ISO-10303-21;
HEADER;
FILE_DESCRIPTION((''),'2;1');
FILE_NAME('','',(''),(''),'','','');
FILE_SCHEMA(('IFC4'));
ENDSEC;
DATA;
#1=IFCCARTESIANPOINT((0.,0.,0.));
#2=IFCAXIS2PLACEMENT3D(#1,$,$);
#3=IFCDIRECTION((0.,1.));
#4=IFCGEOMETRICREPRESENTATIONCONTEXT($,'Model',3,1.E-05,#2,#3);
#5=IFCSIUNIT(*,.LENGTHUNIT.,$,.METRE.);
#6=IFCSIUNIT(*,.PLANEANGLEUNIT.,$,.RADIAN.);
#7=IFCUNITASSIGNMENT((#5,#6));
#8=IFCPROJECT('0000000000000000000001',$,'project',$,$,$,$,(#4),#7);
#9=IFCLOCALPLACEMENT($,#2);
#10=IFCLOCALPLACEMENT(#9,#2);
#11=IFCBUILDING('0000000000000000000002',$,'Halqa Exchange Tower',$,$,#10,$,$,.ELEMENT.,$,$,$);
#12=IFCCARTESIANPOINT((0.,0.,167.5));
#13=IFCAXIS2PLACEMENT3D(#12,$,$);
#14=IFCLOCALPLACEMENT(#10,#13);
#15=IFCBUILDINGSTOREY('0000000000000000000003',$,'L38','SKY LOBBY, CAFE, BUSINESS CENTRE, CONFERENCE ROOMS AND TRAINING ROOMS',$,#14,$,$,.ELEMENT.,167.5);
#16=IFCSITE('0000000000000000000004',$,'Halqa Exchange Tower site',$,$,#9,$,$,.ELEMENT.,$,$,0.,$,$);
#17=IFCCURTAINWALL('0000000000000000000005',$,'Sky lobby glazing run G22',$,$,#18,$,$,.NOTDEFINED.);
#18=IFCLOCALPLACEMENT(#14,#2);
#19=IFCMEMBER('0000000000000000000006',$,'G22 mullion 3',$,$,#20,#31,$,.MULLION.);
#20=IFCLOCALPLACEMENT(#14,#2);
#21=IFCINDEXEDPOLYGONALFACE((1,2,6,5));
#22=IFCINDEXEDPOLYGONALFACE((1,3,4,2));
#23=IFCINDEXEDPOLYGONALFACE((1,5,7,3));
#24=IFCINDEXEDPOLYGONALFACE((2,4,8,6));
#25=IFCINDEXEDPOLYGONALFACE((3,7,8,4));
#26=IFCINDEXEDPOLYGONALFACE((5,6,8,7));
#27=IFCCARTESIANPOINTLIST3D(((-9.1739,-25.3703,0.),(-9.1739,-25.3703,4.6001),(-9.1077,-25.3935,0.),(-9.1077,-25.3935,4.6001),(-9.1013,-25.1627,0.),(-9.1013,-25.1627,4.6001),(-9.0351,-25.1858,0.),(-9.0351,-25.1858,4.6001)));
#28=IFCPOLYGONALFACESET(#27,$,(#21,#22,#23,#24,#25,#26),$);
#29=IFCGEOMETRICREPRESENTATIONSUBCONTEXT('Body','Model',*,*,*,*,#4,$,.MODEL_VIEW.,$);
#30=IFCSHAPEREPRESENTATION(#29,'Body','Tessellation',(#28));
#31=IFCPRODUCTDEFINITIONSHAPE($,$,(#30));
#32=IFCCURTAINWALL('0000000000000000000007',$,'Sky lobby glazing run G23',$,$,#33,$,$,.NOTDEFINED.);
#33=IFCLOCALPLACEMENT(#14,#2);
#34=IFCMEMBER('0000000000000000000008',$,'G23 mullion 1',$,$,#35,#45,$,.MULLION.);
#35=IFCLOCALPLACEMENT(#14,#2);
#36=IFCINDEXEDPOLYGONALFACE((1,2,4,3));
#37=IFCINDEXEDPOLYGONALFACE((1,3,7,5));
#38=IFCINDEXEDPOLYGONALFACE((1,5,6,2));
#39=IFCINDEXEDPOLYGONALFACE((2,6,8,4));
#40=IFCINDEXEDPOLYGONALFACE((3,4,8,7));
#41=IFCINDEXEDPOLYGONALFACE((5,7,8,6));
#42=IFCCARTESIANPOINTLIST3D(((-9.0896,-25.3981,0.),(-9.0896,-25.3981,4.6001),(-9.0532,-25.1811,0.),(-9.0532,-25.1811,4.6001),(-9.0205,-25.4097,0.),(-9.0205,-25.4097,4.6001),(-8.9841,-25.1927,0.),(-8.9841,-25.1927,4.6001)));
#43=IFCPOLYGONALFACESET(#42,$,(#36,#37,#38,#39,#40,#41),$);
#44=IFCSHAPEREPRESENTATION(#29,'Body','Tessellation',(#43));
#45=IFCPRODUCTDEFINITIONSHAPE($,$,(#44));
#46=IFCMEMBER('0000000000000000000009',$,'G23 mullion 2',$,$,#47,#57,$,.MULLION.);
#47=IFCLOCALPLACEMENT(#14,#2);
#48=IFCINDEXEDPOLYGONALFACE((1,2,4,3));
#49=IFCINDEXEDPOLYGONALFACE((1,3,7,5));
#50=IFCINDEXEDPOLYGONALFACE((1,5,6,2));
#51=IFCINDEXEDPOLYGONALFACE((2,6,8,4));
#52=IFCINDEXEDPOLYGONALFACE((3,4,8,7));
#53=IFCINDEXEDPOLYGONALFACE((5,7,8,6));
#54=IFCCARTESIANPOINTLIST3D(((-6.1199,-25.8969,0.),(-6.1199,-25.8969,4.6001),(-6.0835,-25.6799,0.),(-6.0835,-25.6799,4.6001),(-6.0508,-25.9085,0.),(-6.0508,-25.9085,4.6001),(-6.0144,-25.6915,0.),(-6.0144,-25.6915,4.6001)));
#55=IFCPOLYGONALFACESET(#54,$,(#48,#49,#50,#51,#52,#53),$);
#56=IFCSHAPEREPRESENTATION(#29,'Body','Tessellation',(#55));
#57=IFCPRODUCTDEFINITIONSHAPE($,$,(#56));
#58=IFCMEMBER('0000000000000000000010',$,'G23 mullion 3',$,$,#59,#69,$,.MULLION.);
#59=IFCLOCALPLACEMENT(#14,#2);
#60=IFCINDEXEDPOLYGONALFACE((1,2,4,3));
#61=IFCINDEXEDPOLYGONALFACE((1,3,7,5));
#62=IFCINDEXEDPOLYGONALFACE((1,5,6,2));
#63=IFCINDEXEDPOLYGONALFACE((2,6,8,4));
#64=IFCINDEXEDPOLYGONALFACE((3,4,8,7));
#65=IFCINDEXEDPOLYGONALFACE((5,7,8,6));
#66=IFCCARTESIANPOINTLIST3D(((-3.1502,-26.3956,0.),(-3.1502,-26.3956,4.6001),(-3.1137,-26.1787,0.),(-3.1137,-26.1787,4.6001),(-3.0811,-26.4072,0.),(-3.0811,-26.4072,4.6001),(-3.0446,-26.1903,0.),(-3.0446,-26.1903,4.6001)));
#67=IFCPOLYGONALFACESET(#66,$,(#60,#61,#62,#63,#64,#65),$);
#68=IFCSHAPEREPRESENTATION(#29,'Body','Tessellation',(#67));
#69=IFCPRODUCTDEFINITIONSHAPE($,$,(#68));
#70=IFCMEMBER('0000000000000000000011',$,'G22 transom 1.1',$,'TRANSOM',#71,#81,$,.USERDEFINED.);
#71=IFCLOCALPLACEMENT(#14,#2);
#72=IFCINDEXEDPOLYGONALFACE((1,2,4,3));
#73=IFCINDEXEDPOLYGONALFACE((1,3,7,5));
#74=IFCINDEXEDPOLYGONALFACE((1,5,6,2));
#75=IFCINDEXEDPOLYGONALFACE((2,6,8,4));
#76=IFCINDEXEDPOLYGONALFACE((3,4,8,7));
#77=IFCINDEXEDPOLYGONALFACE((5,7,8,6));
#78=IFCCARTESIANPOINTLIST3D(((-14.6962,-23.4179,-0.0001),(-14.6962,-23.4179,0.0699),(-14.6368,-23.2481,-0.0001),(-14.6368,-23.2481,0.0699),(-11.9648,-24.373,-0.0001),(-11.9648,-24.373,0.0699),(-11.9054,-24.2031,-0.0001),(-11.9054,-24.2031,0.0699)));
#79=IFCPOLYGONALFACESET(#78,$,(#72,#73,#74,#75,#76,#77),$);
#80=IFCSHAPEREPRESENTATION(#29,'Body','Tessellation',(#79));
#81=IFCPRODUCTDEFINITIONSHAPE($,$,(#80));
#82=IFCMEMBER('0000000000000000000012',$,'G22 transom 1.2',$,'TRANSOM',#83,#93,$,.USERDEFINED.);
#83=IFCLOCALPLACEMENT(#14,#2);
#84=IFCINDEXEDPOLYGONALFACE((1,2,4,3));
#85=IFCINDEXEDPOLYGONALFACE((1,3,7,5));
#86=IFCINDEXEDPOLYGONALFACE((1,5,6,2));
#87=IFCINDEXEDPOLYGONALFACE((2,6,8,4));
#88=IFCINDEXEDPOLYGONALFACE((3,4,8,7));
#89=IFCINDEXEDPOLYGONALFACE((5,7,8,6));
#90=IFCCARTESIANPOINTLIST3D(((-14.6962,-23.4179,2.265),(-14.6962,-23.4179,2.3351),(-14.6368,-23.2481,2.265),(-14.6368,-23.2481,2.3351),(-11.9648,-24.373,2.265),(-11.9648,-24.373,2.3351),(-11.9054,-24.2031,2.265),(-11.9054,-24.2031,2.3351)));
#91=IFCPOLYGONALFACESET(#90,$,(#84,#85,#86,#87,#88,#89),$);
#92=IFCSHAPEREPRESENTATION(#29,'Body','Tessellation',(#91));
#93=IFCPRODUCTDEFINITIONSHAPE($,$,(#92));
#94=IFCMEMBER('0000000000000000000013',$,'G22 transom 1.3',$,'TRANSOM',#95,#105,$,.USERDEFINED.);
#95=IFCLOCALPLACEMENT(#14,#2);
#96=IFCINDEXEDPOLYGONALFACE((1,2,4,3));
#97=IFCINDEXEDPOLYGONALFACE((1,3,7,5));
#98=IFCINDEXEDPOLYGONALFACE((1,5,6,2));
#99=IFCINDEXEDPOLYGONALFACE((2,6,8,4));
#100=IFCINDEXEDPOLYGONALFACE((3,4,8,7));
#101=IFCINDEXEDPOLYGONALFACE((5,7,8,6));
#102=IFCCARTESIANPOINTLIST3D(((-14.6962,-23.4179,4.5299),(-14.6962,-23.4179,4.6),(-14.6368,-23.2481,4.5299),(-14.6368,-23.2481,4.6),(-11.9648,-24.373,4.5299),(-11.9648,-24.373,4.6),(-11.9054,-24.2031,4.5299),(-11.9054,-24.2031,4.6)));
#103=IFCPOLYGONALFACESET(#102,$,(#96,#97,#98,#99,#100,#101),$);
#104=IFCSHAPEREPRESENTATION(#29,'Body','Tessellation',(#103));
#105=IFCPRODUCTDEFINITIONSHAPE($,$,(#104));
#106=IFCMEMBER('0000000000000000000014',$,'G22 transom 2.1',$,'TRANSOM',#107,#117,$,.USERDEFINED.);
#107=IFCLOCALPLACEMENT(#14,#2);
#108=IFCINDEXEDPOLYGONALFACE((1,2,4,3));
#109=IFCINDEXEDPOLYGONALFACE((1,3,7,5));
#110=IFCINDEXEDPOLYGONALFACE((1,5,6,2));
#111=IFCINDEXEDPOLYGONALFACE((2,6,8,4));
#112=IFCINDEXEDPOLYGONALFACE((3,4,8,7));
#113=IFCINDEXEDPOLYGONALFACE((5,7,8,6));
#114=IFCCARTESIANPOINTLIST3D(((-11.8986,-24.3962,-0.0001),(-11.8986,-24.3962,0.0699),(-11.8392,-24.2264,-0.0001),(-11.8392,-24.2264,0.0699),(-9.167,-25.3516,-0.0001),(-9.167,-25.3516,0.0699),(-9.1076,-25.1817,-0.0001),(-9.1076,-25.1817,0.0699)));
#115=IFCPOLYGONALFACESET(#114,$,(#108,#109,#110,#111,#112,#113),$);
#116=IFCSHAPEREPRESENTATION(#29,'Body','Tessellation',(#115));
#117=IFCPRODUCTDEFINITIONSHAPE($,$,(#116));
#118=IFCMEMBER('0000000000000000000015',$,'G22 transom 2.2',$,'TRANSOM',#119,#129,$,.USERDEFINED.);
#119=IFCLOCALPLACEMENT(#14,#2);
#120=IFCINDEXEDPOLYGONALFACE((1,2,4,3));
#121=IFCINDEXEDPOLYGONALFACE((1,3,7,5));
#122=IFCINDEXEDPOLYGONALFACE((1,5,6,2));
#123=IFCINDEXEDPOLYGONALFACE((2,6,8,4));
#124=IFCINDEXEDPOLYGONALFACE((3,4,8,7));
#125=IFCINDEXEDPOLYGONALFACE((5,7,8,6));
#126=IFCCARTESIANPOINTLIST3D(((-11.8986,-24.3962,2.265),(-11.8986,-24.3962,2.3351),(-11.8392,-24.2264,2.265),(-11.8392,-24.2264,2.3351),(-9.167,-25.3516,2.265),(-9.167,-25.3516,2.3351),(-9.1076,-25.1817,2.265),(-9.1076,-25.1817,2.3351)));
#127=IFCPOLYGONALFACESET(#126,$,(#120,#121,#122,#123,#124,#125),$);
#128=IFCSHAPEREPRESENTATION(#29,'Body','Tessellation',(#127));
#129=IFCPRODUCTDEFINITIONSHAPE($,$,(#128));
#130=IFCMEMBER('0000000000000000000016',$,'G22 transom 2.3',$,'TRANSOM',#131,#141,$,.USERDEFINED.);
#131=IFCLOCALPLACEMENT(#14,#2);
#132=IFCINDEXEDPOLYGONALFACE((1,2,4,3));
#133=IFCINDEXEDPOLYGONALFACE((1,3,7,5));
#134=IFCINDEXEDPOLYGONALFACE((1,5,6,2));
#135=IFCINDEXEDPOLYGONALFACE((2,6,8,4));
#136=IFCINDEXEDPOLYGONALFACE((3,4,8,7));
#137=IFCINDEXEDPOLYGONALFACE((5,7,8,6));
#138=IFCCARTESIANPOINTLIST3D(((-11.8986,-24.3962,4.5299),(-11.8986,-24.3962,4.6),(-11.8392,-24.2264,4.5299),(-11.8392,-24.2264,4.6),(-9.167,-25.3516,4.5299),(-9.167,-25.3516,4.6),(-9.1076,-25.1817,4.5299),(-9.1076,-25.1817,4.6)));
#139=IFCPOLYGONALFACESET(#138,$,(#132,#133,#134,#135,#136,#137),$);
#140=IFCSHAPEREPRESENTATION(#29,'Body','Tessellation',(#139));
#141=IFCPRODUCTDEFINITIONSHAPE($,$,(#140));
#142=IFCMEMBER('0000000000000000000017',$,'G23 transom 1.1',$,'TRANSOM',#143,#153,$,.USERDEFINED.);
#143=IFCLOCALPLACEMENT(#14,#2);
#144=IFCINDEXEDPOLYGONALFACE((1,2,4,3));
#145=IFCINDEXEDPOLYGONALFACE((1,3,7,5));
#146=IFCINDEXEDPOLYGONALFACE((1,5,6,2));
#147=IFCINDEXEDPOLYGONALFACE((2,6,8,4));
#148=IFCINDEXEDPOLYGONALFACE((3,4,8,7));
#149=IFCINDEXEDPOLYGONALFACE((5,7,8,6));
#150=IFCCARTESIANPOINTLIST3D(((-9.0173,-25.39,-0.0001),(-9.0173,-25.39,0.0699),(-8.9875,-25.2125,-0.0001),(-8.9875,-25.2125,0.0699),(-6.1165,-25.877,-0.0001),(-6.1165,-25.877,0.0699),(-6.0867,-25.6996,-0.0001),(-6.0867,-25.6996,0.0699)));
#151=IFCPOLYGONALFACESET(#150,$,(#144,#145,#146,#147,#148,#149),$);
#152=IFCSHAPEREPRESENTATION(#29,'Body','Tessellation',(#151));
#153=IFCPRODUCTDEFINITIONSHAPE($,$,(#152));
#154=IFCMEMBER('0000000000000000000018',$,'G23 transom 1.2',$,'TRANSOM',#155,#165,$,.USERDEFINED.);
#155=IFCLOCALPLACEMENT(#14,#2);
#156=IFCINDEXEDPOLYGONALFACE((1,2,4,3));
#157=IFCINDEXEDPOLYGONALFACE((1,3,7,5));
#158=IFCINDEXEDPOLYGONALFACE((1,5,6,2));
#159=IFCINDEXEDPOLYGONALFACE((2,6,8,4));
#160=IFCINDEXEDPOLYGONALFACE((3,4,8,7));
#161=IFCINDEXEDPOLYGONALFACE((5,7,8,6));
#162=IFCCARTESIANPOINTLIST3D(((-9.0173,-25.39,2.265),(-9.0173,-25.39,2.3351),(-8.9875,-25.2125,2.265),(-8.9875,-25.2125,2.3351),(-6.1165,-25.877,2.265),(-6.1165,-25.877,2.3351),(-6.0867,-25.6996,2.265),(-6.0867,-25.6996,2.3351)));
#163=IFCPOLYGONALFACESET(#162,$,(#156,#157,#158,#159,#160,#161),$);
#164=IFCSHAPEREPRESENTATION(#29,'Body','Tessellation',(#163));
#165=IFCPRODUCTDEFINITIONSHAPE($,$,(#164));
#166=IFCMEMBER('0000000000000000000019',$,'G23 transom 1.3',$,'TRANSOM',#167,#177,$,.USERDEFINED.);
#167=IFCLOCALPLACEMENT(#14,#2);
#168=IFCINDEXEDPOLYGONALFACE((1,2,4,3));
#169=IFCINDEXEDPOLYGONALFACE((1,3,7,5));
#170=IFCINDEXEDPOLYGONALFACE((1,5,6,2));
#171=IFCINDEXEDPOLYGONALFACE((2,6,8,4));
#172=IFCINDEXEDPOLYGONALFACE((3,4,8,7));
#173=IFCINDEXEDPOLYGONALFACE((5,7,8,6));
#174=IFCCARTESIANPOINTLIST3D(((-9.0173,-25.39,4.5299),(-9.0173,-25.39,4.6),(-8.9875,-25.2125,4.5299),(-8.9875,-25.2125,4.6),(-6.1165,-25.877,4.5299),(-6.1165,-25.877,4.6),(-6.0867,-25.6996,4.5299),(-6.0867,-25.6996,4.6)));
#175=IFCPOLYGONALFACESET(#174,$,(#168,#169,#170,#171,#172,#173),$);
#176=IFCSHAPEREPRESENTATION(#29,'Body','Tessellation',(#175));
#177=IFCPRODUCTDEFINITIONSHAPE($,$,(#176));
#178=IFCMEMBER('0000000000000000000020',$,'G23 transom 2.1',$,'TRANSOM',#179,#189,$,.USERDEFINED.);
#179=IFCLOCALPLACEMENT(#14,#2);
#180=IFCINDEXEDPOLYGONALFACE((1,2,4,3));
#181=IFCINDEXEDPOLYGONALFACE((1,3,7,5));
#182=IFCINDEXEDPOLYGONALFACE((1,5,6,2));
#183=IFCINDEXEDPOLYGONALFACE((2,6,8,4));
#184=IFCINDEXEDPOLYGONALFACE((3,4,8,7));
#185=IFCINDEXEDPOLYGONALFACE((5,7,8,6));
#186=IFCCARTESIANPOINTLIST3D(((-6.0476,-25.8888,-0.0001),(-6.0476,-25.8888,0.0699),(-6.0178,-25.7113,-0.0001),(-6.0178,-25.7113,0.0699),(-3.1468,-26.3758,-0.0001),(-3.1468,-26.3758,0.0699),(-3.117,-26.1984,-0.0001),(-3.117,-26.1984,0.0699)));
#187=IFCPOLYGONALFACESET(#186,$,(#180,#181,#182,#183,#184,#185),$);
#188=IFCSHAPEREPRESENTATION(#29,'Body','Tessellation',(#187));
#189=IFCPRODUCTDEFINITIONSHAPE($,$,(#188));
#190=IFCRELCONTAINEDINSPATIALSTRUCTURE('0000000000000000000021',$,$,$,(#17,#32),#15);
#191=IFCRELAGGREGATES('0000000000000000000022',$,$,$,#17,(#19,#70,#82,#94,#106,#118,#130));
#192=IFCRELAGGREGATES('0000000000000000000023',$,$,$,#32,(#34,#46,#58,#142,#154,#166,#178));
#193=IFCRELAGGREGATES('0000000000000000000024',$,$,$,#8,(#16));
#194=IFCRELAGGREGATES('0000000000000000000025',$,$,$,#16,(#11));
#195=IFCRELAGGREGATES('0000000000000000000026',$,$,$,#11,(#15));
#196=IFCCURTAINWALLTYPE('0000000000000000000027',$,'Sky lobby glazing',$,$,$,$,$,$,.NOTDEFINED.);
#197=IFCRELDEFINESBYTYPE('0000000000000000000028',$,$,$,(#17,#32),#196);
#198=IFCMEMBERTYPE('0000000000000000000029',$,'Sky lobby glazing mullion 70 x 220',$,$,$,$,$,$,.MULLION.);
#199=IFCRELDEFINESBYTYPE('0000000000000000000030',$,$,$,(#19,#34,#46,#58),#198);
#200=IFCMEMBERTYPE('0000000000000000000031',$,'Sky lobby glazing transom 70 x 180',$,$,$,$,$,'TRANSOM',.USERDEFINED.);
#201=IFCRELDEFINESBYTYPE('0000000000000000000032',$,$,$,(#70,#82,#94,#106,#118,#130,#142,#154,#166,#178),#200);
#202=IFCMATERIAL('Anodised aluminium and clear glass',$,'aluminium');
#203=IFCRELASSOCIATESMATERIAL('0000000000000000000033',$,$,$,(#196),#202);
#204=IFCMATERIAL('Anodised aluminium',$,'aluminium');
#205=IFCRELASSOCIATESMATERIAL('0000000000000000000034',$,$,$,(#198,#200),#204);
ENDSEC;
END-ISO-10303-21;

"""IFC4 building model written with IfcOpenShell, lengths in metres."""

from ifc_helpers import new_model, si_unit, direction, frame, origin, origin_2d, place, context, subcontext, project, spatial, rectangle, extrude, material, material_profile, profile_set, type_object, element, aggregate, save


model = new_model("IFC4")

# Units and contexts
model_context = context("Model", 3, precision=1e-05, world=origin(), true_north=direction((0.0, 1.0)))
body_context = subcontext(model_context, "Body", "Model", "MODEL_VIEW")
ifc_project = project(units=[si_unit("LENGTHUNIT", "METRE"), si_unit("PLANEANGLEUNIT", "RADIAN")], contexts=[model_context])

# Site, building, storey
site_placement = place(None, origin())
site = spatial("IfcSite", under=ifc_project, at=site_placement, Name="Halqa Exchange Tower site", CompositionType="ELEMENT", RefElevation=0.0)
building_placement = place(site_placement, origin())
building = spatial("IfcBuilding", under=site, at=building_placement, Name="Halqa Exchange Tower", CompositionType="ELEMENT")
storey_placement = place(building_placement, frame((0.0, 0.0, 167.5)))
storey = spatial("IfcBuildingStorey", under=building, at=storey_placement, Name="L38", Description="SKY LOBBY, CAFE, BUSINESS CENTRE, CONFERENCE ROOMS AND TRAINING ROOMS", CompositionType="ELEMENT", Elevation=167.5)

# Curtain walls, members
ifc_material_1 = material(Name="Anodised aluminium and clear glass", Category="aluminium")
curtain_wall_type = type_object("IfcCurtainWallType", Name="Sky lobby glazing", PredefinedType="NOTDEFINED", material=ifc_material_1)
curtain_wall_1_placement = place(storey_placement, origin())
curtain_wall_1 = element("IfcCurtainWall", 1, at=curtain_wall_1_placement, inside=storey, type_object=curtain_wall_type, Name="Sky lobby glazing run G22", PredefinedType="NOTDEFINED")
ifc_material_2 = material(Name="Anodised aluminium", Category="aluminium")
ifc_material_profile_1 = material_profile(ifc_material_2, rectangle(XDim=0.22, YDim=0.0701, at=origin_2d()), Name="AL 70x220")
ifc_profile_set_1 = profile_set([ifc_material_profile_1], Name="Anodised aluminium")
member_type_1 = type_object("IfcMemberType", Name="Sky lobby glazing mullion 70 x 220", PredefinedType="MULLION", material=ifc_profile_set_1)
member_1_placement = place(storey_placement, frame((-9.1045, -25.2781, 0.0), z_axis=(0.0, 0.0, 1.0), x_axis=(0.3301, 0.943946, 0.0)))
member_1 = element("IfcMember", 2, at=member_1_placement, type_object=member_type_1, Name="G22 mullion 3", PredefinedType="MULLION", context=body_context, shape_type="SweptSolid", body=[
    extrude(rectangle(XDim=0.22, YDim=0.0701, at=origin_2d()), origin(), (0.0, 0.0, 1.0), 4.6001),
])
curtain_wall_2_placement = place(storey_placement, origin())
curtain_wall_2 = element("IfcCurtainWall", 3, at=curtain_wall_2_placement, inside=storey, type_object=curtain_wall_type, Name="Sky lobby glazing run G23", PredefinedType="NOTDEFINED")
member_2_placement = place(storey_placement, frame((-9.0369, -25.2954, 0.0), z_axis=(0.0, 0.0, 1.0), x_axis=(0.165626, 0.986189, 0.0)))
member_2 = element("IfcMember", 4, at=member_2_placement, type_object=member_type_1, Name="G23 mullion 1", PredefinedType="MULLION", context=body_context, shape_type="SweptSolid", body=[
    extrude(rectangle(XDim=0.22, YDim=0.0701, at=origin_2d()), origin(), (0.0, 0.0, 1.0), 4.6001),
])
member_3_placement = place(storey_placement, frame((-6.0671, -25.7942, 0.0), z_axis=(0.0, 0.0, 1.0), x_axis=(0.165626, 0.986189, 0.0)))
member_3 = element("IfcMember", 5, at=member_3_placement, type_object=member_type_1, Name="G23 mullion 2", PredefinedType="MULLION", context=body_context, shape_type="SweptSolid", body=[
    extrude(rectangle(XDim=0.22, YDim=0.0701, at=origin_2d()), origin(), (0.0, 0.0, 1.0), 4.6001),
])
member_4_placement = place(storey_placement, frame((-3.0974, -26.293, 0.0), z_axis=(0.0, 0.0, 1.0), x_axis=(0.165626, 0.986189, 0.0)))
member_4 = element("IfcMember", 6, at=member_4_placement, type_object=member_type_1, Name="G23 mullion 3", PredefinedType="MULLION", context=body_context, shape_type="SweptSolid", body=[
    extrude(rectangle(XDim=0.22, YDim=0.0701, at=origin_2d()), origin(), (0.0, 0.0, 1.0), 4.6001),
])

# Members
ifc_material_profile_2 = material_profile(ifc_material_2, rectangle(XDim=0.1799, YDim=0.0701, at=origin_2d()), Name="AL 70x180")
ifc_profile_set_2 = profile_set([ifc_material_profile_2], Name="Anodised aluminium")
member_type_2 = type_object("IfcMemberType", Name="Sky lobby glazing transom 70 x 180", ElementType="TRANSOM", PredefinedType="USERDEFINED", material=ifc_profile_set_2)
member_5_placement = place(storey_placement, frame((-14.6665, -23.333, 0.0349), z_axis=(0.943958, -0.330065, 0.0), x_axis=(0.330065, 0.943958, 0.0)))
member_5 = element("IfcMember", 7, at=member_5_placement, type_object=member_type_2, Name="G22 transom 1.1", ObjectType="TRANSOM", PredefinedType="USERDEFINED", context=body_context, shape_type="SweptSolid", body=[
    extrude(rectangle(XDim=0.1799, YDim=0.0701, at=origin_2d()), origin(), (0.0, 0.0, 1.0), 2.8936),
])
member_6_placement = place(storey_placement, frame((-14.6665, -23.333, 2.3), z_axis=(0.943958, -0.330065, 0.0), x_axis=(0.330065, 0.943958, 0.0)))
member_6 = element("IfcMember", 8, at=member_6_placement, type_object=member_type_2, Name="G22 transom 1.2", ObjectType="TRANSOM", PredefinedType="USERDEFINED", context=body_context, shape_type="SweptSolid", body=[
    extrude(rectangle(XDim=0.1799, YDim=0.0701, at=origin_2d()), origin(), (0.0, 0.0, 1.0), 2.8936),
])
member_7_placement = place(storey_placement, frame((-14.6665, -23.333, 4.5649), z_axis=(0.943958, -0.330065, 0.0), x_axis=(0.330065, 0.943958, 0.0)))
member_7 = element("IfcMember", 9, at=member_7_placement, type_object=member_type_2, Name="G22 transom 1.3", ObjectType="TRANSOM", PredefinedType="USERDEFINED", context=body_context, shape_type="SweptSolid", body=[
    extrude(rectangle(XDim=0.1799, YDim=0.0701, at=origin_2d()), origin(), (0.0, 0.0, 1.0), 2.8936),
])
member_8_placement = place(storey_placement, frame((-11.8689, -24.3113, 0.0349), z_axis=(0.943932, -0.33014, 0.0), x_axis=(0.33014, 0.943932, 0.0)))
member_8 = element("IfcMember", 10, at=member_8_placement, type_object=member_type_2, Name="G22 transom 2.1", ObjectType="TRANSOM", PredefinedType="USERDEFINED", context=body_context, shape_type="SweptSolid", body=[
    extrude(rectangle(XDim=0.1799, YDim=0.0701, at=origin_2d()), origin(), (0.0, 0.0, 1.0), 2.8938),
])
member_9_placement = place(storey_placement, frame((-11.8689, -24.3113, 2.3), z_axis=(0.943932, -0.33014, 0.0), x_axis=(0.33014, 0.943932, 0.0)))
member_9 = element("IfcMember", 11, at=member_9_placement, type_object=member_type_2, Name="G22 transom 2.2", ObjectType="TRANSOM", PredefinedType="USERDEFINED", context=body_context, shape_type="SweptSolid", body=[
    extrude(rectangle(XDim=0.1799, YDim=0.0701, at=origin_2d()), origin(), (0.0, 0.0, 1.0), 2.8938),
])
member_10_placement = place(storey_placement, frame((-11.8689, -24.3113, 4.5649), z_axis=(0.943932, -0.33014, 0.0), x_axis=(0.33014, 0.943932, 0.0)))
member_10 = element("IfcMember", 12, at=member_10_placement, type_object=member_type_2, Name="G22 transom 2.3", ObjectType="TRANSOM", PredefinedType="USERDEFINED", context=body_context, shape_type="SweptSolid", body=[
    extrude(rectangle(XDim=0.1799, YDim=0.0701, at=origin_2d()), origin(), (0.0, 0.0, 1.0), 2.8938),
])
member_11_placement = place(storey_placement, frame((-9.0024, -25.3013, 0.0349), z_axis=(0.986196, -0.165583, 0.0), x_axis=(0.165583, 0.986196, 0.0)))
member_11 = element("IfcMember", 13, at=member_11_placement, type_object=member_type_2, Name="G23 transom 1.1", ObjectType="TRANSOM", PredefinedType="USERDEFINED", context=body_context, shape_type="SweptSolid", body=[
    extrude(rectangle(XDim=0.1799, YDim=0.0701, at=origin_2d()), origin(), (0.0, 0.0, 1.0), 2.9414),
])
member_12_placement = place(storey_placement, frame((-9.0024, -25.3013, 2.3), z_axis=(0.986196, -0.165583, 0.0), x_axis=(0.165583, 0.986196, 0.0)))
member_12 = element("IfcMember", 14, at=member_12_placement, type_object=member_type_2, Name="G23 transom 1.2", ObjectType="TRANSOM", PredefinedType="USERDEFINED", context=body_context, shape_type="SweptSolid", body=[
    extrude(rectangle(XDim=0.1799, YDim=0.0701, at=origin_2d()), origin(), (0.0, 0.0, 1.0), 2.9414),
])
member_13_placement = place(storey_placement, frame((-9.0024, -25.3013, 4.5649), z_axis=(0.986196, -0.165583, 0.0), x_axis=(0.165583, 0.986196, 0.0)))
member_13 = element("IfcMember", 15, at=member_13_placement, type_object=member_type_2, Name="G23 transom 1.3", ObjectType="TRANSOM", PredefinedType="USERDEFINED", context=body_context, shape_type="SweptSolid", body=[
    extrude(rectangle(XDim=0.1799, YDim=0.0701, at=origin_2d()), origin(), (0.0, 0.0, 1.0), 2.9414),
])
member_14_placement = place(storey_placement, frame((-6.0327, -25.8, 0.0349), z_axis=(0.986196, -0.165583, 0.0), x_axis=(0.165583, 0.986196, 0.0)))
member_14 = element("IfcMember", 16, at=member_14_placement, type_object=member_type_2, Name="G23 transom 2.1", ObjectType="TRANSOM", PredefinedType="USERDEFINED", context=body_context, shape_type="SweptSolid", body=[
    extrude(rectangle(XDim=0.1799, YDim=0.0701, at=origin_2d()), origin(), (0.0, 0.0, 1.0), 2.9414),
])

aggregate(curtain_wall_1, [member_1, member_5, member_6, member_7, member_8, member_9, member_10])
aggregate(curtain_wall_2, [member_2, member_3, member_4, member_11, member_12, member_13, member_14])

save(model, "model.ifc")
